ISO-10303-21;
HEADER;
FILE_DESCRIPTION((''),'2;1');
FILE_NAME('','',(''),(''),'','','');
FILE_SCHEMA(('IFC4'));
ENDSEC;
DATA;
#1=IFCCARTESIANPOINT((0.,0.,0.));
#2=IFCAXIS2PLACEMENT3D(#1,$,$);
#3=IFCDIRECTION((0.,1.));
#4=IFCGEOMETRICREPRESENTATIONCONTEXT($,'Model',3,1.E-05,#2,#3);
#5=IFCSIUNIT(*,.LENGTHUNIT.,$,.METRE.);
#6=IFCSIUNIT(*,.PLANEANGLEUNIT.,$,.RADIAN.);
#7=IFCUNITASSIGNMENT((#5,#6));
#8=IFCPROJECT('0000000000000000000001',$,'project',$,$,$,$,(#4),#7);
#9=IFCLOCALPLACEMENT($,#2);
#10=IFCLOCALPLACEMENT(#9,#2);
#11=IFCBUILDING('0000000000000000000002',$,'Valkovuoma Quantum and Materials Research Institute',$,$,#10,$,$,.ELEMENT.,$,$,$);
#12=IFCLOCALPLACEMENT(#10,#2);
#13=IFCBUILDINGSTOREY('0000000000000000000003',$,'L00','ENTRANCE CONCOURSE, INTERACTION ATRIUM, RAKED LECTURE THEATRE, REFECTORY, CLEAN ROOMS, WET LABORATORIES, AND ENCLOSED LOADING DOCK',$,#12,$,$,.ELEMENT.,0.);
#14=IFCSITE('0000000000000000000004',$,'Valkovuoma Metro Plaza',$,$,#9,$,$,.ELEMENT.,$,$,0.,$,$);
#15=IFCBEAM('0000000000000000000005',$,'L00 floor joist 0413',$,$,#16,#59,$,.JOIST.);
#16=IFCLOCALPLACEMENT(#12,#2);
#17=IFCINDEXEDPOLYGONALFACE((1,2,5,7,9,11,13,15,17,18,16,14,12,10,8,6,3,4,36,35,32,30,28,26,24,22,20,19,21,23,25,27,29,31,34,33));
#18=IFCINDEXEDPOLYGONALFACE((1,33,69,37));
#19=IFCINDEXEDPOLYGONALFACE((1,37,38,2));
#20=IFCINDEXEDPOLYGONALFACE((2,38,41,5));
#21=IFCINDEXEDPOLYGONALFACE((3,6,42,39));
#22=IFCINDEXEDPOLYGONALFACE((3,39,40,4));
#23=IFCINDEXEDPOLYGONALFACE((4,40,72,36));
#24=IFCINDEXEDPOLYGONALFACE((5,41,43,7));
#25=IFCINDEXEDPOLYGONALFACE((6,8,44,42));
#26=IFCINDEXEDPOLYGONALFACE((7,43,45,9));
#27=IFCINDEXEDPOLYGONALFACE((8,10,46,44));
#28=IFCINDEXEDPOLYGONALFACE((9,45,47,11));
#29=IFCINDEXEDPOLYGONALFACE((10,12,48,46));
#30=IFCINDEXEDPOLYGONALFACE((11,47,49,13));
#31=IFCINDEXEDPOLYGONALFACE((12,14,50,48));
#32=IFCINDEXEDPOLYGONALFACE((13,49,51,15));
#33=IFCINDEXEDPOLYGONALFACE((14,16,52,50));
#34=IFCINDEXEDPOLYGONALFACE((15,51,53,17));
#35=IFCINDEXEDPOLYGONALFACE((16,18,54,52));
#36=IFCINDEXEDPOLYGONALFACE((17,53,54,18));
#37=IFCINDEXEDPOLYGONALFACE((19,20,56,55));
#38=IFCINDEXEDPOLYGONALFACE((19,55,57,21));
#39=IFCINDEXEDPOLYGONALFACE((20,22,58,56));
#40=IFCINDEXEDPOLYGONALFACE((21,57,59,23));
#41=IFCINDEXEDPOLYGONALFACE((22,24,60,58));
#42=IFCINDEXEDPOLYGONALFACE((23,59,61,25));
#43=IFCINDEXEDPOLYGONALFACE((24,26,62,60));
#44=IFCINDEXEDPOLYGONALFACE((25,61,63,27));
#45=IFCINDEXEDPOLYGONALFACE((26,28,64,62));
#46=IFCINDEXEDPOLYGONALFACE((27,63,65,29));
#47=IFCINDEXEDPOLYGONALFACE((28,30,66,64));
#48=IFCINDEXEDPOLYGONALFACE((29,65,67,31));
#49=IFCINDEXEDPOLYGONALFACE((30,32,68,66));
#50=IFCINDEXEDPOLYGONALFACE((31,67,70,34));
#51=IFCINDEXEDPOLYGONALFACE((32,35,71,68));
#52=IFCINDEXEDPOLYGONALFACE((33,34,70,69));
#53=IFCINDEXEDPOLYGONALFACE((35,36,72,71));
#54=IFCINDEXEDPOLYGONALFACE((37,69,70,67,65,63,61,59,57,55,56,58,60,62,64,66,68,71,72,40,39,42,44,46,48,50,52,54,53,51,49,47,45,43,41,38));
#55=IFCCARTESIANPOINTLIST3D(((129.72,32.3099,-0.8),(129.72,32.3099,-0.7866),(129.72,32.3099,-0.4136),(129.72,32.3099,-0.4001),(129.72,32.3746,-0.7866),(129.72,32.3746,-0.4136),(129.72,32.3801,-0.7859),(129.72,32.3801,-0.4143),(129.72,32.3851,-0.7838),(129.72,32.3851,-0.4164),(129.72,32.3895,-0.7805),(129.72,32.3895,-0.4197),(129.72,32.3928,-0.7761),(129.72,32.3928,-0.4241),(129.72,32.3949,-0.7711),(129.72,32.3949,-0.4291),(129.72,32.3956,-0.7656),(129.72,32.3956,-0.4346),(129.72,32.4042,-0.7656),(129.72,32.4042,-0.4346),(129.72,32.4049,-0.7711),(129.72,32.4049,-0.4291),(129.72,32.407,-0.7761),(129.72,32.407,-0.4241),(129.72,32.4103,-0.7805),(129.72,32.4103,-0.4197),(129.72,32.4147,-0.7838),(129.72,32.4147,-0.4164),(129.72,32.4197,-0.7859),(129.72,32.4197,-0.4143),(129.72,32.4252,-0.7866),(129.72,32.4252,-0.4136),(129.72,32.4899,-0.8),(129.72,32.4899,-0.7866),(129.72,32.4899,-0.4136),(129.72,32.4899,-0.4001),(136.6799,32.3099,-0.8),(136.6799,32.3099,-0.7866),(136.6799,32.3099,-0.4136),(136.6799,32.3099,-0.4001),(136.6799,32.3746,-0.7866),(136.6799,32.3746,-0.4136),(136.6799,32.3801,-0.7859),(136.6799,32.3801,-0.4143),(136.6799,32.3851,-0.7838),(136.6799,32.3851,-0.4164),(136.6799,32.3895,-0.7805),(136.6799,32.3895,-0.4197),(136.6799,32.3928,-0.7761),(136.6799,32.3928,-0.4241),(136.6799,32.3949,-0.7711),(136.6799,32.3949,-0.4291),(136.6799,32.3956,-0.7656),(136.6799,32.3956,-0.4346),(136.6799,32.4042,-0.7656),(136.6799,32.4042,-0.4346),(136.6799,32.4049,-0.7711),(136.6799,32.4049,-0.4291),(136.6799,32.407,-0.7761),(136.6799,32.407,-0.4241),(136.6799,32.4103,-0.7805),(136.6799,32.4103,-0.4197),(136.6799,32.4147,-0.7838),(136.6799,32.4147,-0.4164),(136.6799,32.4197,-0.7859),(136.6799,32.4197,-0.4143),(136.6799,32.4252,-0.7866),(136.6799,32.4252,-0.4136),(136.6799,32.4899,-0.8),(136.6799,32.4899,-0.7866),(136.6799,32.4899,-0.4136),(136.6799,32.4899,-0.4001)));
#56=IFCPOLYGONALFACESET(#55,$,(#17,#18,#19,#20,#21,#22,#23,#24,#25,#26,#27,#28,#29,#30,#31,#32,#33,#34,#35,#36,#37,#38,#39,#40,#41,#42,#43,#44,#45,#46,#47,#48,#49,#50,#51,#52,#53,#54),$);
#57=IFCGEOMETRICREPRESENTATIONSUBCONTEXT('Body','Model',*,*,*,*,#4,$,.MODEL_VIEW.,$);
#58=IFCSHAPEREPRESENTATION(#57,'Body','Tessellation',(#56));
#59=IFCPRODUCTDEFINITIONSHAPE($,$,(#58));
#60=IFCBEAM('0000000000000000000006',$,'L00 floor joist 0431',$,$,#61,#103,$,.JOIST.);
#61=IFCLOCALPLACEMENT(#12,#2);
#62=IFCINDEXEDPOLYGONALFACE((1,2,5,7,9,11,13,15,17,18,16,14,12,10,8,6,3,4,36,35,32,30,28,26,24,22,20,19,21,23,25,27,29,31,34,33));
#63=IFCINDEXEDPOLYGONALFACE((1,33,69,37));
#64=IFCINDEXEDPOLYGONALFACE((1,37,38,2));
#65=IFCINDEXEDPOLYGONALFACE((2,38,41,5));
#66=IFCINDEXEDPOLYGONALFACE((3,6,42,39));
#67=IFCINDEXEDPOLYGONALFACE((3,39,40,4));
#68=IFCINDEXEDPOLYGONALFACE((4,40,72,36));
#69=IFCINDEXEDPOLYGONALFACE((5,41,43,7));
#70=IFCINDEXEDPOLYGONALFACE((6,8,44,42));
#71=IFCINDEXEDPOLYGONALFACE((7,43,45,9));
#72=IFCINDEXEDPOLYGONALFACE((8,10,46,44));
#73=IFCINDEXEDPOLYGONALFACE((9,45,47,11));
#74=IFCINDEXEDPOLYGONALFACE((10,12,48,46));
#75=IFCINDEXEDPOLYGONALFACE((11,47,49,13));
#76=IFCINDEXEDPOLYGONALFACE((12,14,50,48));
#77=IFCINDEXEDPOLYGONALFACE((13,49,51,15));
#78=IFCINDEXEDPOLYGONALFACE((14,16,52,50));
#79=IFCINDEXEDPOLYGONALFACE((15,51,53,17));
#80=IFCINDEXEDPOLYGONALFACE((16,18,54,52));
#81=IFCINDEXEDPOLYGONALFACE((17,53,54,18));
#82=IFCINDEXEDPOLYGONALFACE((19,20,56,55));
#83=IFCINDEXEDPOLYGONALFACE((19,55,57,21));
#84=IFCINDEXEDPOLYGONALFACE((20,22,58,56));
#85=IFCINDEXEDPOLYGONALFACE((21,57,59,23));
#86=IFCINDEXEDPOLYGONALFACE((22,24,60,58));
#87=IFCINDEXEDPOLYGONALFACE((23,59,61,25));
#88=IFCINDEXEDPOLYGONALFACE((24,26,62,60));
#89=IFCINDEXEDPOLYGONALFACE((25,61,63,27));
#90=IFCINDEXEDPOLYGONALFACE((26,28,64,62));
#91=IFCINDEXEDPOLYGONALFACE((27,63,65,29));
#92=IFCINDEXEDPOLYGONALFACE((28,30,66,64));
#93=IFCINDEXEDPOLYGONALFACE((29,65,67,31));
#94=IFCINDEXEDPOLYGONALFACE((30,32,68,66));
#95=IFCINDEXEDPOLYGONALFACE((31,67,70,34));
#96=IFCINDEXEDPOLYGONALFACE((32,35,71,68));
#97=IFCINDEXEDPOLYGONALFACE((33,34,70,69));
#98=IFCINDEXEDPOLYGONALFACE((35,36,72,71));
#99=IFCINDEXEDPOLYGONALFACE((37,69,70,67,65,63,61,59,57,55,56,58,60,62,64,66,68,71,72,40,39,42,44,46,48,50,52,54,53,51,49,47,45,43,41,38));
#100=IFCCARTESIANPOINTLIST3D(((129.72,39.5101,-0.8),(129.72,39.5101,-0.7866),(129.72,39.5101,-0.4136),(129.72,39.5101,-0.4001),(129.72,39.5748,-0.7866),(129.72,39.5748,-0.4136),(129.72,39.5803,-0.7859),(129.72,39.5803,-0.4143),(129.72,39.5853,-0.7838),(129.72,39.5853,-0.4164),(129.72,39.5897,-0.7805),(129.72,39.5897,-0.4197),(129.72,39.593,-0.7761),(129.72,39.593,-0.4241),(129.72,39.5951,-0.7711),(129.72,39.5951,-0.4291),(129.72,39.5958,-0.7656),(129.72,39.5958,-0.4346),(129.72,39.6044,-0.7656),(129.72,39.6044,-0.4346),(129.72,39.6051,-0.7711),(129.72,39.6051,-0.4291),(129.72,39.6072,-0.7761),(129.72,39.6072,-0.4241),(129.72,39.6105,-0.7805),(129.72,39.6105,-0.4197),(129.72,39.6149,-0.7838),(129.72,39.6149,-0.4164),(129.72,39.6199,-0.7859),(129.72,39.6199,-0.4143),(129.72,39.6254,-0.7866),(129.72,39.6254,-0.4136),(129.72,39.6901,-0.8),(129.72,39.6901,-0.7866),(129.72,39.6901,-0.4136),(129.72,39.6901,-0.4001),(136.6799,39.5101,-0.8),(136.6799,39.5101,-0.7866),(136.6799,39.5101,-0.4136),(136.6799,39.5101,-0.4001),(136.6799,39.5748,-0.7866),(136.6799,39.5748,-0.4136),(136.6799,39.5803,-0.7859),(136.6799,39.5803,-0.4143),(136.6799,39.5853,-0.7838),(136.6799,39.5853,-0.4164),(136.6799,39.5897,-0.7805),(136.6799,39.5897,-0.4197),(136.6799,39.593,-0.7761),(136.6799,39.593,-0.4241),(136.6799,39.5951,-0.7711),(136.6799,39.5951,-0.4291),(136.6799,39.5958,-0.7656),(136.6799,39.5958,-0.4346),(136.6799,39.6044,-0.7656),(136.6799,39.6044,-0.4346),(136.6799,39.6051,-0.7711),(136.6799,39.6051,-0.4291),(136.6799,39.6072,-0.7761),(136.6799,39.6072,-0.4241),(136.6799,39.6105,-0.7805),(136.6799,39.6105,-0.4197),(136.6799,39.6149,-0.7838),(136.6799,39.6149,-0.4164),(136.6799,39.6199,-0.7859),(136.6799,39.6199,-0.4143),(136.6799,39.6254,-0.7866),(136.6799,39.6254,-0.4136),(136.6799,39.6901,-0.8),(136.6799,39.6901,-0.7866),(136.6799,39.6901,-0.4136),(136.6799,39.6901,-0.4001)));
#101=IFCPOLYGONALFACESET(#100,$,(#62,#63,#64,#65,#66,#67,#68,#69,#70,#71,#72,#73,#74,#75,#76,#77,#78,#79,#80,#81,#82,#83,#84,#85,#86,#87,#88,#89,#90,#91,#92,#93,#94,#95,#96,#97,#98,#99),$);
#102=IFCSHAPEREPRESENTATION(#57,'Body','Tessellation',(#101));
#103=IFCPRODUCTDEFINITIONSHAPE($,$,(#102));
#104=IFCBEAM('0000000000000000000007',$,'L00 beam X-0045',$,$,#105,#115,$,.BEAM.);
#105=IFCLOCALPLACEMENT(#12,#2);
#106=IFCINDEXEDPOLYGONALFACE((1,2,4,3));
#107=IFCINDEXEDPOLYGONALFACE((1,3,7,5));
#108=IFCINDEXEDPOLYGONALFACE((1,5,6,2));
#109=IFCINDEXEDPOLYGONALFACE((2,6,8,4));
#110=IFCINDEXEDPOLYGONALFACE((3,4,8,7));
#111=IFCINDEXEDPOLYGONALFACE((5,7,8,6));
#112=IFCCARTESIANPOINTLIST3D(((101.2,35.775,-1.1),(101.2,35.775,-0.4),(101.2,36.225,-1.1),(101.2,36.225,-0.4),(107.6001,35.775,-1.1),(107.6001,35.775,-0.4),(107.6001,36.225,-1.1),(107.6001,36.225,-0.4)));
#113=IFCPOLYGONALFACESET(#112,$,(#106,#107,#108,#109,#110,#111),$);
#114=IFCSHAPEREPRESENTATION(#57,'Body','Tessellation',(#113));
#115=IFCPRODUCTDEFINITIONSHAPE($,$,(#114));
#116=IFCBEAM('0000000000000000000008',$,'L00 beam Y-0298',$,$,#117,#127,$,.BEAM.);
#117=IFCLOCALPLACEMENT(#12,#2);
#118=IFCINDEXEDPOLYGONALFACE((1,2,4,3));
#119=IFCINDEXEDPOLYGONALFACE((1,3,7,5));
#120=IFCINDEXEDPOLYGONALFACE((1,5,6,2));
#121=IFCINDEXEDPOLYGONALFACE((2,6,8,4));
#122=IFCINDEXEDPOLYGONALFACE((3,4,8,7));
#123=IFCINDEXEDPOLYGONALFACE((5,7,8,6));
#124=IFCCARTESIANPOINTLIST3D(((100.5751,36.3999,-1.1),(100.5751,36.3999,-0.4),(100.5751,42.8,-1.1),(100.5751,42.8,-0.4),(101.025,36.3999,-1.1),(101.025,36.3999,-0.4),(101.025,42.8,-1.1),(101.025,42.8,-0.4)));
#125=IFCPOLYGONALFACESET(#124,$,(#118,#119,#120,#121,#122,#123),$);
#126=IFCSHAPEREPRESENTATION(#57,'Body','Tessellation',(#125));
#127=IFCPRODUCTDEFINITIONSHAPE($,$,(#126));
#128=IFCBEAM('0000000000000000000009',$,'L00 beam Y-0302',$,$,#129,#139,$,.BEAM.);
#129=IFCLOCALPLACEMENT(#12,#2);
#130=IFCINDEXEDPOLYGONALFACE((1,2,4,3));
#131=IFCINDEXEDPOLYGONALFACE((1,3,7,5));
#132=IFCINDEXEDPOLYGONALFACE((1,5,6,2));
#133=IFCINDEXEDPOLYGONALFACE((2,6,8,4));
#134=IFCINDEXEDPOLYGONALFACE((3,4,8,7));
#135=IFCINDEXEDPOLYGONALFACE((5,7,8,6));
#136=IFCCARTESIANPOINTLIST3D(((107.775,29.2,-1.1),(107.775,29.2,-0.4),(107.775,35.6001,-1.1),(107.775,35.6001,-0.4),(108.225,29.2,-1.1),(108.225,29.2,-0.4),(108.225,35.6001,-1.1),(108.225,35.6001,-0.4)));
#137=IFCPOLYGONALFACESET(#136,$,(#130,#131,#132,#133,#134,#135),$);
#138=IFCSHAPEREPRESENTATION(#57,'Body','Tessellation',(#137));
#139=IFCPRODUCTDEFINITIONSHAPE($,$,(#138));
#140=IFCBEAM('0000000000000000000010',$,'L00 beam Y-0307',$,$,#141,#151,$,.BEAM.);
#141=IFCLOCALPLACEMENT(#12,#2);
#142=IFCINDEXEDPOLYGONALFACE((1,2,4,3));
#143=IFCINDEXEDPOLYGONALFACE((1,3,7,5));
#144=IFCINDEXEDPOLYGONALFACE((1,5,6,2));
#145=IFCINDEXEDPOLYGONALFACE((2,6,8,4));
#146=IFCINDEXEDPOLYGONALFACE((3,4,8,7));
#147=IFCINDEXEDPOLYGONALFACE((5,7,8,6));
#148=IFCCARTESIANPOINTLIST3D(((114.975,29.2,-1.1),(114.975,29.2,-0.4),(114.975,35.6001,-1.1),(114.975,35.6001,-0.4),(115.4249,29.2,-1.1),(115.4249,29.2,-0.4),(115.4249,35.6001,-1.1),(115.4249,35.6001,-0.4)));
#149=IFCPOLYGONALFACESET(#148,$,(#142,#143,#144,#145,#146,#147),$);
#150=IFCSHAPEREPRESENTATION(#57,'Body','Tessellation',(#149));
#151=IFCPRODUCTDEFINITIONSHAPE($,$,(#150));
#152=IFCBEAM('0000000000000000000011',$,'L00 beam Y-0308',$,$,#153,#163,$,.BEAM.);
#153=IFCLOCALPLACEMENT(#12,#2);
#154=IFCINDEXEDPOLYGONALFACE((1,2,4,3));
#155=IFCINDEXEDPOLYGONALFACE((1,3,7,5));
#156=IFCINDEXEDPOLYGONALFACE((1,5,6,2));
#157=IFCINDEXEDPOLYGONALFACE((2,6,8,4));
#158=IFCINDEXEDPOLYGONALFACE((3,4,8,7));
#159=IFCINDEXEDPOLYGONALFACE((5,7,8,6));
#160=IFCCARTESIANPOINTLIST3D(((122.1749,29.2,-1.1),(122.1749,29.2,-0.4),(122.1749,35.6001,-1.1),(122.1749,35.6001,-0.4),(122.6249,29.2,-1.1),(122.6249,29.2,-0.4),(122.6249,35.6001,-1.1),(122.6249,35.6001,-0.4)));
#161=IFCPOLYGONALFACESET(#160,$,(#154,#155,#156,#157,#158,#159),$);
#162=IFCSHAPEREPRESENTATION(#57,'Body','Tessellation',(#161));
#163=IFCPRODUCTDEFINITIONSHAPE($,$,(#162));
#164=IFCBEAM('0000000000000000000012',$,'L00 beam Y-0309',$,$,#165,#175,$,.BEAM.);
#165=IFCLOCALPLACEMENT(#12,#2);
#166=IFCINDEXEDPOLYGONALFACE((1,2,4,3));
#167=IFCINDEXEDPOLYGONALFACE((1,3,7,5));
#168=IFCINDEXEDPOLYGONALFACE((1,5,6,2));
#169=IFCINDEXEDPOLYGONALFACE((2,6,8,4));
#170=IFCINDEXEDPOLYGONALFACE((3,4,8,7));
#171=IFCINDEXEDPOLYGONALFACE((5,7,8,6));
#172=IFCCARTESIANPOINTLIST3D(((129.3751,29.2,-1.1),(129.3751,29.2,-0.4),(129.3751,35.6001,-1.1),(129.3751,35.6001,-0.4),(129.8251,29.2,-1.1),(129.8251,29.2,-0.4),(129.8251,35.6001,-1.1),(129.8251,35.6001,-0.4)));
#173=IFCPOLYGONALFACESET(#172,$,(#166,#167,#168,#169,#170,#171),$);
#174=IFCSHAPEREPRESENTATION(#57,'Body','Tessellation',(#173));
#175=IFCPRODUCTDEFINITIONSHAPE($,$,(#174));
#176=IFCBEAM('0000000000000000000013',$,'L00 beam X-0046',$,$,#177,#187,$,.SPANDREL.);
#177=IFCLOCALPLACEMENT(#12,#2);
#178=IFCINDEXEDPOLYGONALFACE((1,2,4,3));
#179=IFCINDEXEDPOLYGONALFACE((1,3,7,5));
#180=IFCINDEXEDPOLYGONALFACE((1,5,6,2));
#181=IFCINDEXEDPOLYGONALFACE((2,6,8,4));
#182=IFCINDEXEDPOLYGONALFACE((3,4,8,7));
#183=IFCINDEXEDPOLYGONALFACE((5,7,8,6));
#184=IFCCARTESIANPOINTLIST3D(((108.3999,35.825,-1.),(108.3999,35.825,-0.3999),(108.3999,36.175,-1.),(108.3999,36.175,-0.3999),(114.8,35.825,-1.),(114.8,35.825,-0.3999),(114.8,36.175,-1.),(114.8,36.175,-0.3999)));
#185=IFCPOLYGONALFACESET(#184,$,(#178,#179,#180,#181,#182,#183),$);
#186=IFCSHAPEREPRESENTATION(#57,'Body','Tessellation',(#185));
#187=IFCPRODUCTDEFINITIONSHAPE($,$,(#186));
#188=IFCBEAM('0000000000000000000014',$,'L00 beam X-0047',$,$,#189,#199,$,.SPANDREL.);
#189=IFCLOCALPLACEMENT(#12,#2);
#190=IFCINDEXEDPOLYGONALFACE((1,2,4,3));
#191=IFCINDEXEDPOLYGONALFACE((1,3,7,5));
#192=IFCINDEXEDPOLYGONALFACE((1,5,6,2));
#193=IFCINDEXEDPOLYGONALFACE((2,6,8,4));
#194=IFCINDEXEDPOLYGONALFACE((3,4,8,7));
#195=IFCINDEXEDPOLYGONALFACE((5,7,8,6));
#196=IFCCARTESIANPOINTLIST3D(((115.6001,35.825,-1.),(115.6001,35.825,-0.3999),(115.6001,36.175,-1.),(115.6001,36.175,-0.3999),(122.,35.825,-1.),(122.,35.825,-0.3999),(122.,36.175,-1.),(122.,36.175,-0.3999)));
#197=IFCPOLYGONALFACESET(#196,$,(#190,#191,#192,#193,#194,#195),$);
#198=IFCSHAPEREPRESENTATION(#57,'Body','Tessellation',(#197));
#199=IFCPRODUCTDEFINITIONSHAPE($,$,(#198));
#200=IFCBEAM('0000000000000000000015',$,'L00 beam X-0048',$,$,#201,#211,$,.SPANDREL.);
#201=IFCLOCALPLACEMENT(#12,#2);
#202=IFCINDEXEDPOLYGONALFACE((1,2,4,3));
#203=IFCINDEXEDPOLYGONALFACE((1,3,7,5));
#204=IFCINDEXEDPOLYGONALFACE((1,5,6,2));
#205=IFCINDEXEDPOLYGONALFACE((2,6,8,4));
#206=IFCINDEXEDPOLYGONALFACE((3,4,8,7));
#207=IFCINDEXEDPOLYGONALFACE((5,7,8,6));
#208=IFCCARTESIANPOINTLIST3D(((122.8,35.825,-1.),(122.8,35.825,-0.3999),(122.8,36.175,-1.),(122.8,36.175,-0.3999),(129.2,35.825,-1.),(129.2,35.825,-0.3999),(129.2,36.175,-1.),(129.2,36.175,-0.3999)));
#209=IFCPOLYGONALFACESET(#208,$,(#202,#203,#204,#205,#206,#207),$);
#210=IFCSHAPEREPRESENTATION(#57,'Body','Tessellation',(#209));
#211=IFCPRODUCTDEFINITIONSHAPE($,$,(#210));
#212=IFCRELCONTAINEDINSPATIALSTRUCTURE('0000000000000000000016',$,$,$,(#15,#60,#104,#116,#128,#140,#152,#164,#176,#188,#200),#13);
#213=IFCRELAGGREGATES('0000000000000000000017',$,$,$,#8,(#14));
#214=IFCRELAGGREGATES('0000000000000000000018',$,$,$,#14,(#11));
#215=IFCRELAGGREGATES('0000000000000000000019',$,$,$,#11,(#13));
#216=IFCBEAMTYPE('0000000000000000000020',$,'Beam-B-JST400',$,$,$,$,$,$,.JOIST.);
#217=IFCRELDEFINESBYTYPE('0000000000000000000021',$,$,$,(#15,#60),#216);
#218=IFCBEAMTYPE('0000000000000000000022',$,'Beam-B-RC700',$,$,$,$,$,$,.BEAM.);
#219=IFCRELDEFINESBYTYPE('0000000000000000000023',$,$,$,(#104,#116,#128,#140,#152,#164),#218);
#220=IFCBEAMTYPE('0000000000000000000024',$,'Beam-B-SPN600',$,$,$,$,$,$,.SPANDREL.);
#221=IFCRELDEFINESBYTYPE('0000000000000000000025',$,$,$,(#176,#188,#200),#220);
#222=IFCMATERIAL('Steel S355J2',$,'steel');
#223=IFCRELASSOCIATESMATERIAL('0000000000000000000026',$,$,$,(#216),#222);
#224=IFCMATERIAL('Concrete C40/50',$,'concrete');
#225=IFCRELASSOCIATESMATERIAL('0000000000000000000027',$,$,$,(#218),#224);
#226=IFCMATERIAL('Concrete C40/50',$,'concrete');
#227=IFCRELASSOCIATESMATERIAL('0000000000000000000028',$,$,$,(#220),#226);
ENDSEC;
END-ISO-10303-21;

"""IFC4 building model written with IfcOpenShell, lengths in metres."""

from ifc_helpers import new_model, si_unit, direction, frame, origin, origin_2d, place, context, subcontext, project, spatial, rectangle, i_section, extrude, material, material_profile, profile_set, type_object, element, save


model = new_model("IFC4")

# Units and contexts
model_context = context("Model", 3, precision=1e-05, world=origin(), true_north=direction((0.0, 1.0)))
body_context = subcontext(model_context, "Body", "Model", "MODEL_VIEW")
ifc_project = project(units=[si_unit("LENGTHUNIT", "METRE"), si_unit("PLANEANGLEUNIT", "RADIAN")], contexts=[model_context])

# Site, building, storey
site_placement = place(None, origin())
site = spatial("IfcSite", under=ifc_project, at=site_placement, Name="Valkovuoma Metro Plaza", CompositionType="ELEMENT", RefElevation=0.0)
building_placement = place(site_placement, origin())
building = spatial("IfcBuilding", under=site, at=building_placement, Name="Valkovuoma Quantum and Materials Research Institute", CompositionType="ELEMENT")
storey_placement = place(building_placement, origin())
storey = spatial("IfcBuildingStorey", under=building, at=storey_placement, Name="L00", Description="ENTRANCE CONCOURSE, INTERACTION ATRIUM, RAKED LECTURE THEATRE, REFECTORY, CLEAN ROOMS, WET LABORATORIES, AND ENCLOSED LOADING DOCK", CompositionType="ELEMENT", Elevation=0.0)

# Beams
ifc_material_1 = material(Name="Steel S355J2", Category="steel")
ifc_material_profile_1 = material_profile(ifc_material_1, i_section(OverallWidth=0.1799, OverallDepth=0.3999, WebThickness=0.0085, FlangeThickness=0.0134, FilletRadius=0.021, at=origin_2d()), Name="Steel S355J2")
ifc_profile_set_1 = profile_set([ifc_material_profile_1], Name="Steel S355J2")
beam_type_1 = type_object("IfcBeamType", Name="Beam-B-JST400", PredefinedType="JOIST", material=ifc_profile_set_1)
for number, where, z_axis, x_axis, name in (
    (1, (129.72, 32.3999, -0.6001), (1.0, 0.0, 0.0), (0.0, 1.0, 0.0), "L00 floor joist 0413"),
    (2, (129.72, 39.6001, -0.6001), (1.0, 0.0, 0.0), (0.0, 1.0, 0.0), "L00 floor joist 0431"),
):
    element("IfcBeam", number, at=place(storey_placement, frame(where, z_axis=z_axis, x_axis=x_axis)), inside=storey, type_object=beam_type_1, Name=name, PredefinedType="JOIST", context=body_context, shape_type="SweptSolid", body=[
        extrude(i_section(OverallWidth=0.1799, OverallDepth=0.3999, WebThickness=0.0085, FlangeThickness=0.0134, FilletRadius=0.021, at=origin_2d()), origin(), (0.0, 0.0, 1.0), 6.96),
    ])
ifc_material_2 = material(Name="Concrete C40/50", Category="concrete")
ifc_material_profile_2 = material_profile(ifc_material_2, rectangle(XDim=0.45, YDim=0.7, at=origin_2d()), Name="Concrete C40/50")
ifc_profile_set_2 = profile_set([ifc_material_profile_2], Name="Concrete C40/50")
beam_type_2 = type_object("IfcBeamType", Name="Beam-B-RC700", PredefinedType="BEAM", material=ifc_profile_set_2)
for number, where, z_axis, x_axis, name in (
    (3, (101.2, 36.0, -0.75), (1.0, 0.0, 0.0), (0.0, 1.0, 0.0), "L00 beam X-0045"),
    (4, (100.8, 36.3999, -0.75), (0.0, 1.0, 0.0), (-1.0, 0.0, 0.0), "L00 beam Y-0298"),
    (5, (108.0, 29.2, -0.75), (0.0, 1.0, 0.0), (-1.0, 0.0, 0.0), "L00 beam Y-0302"),
    (6, (115.2, 29.2, -0.75), (0.0, 1.0, 0.0), (-1.0, 0.0, 0.0), "L00 beam Y-0307"),
    (7, (122.3999, 29.2, -0.75), (0.0, 1.0, 0.0), (-1.0, 0.0, 0.0), "L00 beam Y-0308"),
    (8, (129.6001, 29.2, -0.75), (0.0, 1.0, 0.0), (-1.0, 0.0, 0.0), "L00 beam Y-0309"),
):
    element("IfcBeam", number, at=place(storey_placement, frame(where, z_axis=z_axis, x_axis=x_axis)), inside=storey, type_object=beam_type_2, Name=name, PredefinedType="BEAM", context=body_context, shape_type="SweptSolid", body=[
        extrude(rectangle(XDim=0.45, YDim=0.7, at=origin_2d()), origin(), (0.0, 0.0, 1.0), 6.4001),
    ])
ifc_material_3 = material(Name="Concrete C40/50", Category="concrete")
ifc_material_profile_3 = material_profile(ifc_material_3, rectangle(XDim=0.3501, YDim=0.6001, at=origin_2d()), Name="Concrete C40/50")
ifc_profile_set_3 = profile_set([ifc_material_profile_3], Name="Concrete C40/50")
beam_type_3 = type_object("IfcBeamType", Name="Beam-B-SPN600", PredefinedType="SPANDREL", material=ifc_profile_set_3)
beam_placement = place(storey_placement, frame((108.3999, 36.0, -0.7), z_axis=(1.0, 0.0, 0.0), x_axis=(0.0, 1.0, 0.0)))
element("IfcBeam", 9, at=beam_placement, inside=storey, type_object=beam_type_3, Name="L00 beam X-0046", PredefinedType="SPANDREL", context=body_context, shape_type="SweptSolid", body=[
    extrude(rectangle(XDim=0.3501, YDim=0.6001, at=origin_2d()), origin(), (0.0, 0.0, 1.0), 6.4001),
])
for number, where, z_axis, x_axis, name in (
    (10, (115.6001, 36.0, -0.7), (1.0, 0.0, 0.0), (0.0, 1.0, 0.0), "L00 beam X-0047"),
    (11, (122.8, 36.0, -0.7), (1.0, 0.0, 0.0), (0.0, 1.0, 0.0), "L00 beam X-0048"),
):
    element("IfcBeam", number, at=place(storey_placement, frame(where, z_axis=z_axis, x_axis=x_axis)), inside=storey, type_object=beam_type_3, Name=name, PredefinedType="SPANDREL", context=body_context, shape_type="SweptSolid", body=[
        extrude(rectangle(XDim=0.3501, YDim=0.6001, at=origin_2d()), origin(), (0.0, 0.0, 1.0), 6.3999),
    ])

save(model, "model.ifc")
